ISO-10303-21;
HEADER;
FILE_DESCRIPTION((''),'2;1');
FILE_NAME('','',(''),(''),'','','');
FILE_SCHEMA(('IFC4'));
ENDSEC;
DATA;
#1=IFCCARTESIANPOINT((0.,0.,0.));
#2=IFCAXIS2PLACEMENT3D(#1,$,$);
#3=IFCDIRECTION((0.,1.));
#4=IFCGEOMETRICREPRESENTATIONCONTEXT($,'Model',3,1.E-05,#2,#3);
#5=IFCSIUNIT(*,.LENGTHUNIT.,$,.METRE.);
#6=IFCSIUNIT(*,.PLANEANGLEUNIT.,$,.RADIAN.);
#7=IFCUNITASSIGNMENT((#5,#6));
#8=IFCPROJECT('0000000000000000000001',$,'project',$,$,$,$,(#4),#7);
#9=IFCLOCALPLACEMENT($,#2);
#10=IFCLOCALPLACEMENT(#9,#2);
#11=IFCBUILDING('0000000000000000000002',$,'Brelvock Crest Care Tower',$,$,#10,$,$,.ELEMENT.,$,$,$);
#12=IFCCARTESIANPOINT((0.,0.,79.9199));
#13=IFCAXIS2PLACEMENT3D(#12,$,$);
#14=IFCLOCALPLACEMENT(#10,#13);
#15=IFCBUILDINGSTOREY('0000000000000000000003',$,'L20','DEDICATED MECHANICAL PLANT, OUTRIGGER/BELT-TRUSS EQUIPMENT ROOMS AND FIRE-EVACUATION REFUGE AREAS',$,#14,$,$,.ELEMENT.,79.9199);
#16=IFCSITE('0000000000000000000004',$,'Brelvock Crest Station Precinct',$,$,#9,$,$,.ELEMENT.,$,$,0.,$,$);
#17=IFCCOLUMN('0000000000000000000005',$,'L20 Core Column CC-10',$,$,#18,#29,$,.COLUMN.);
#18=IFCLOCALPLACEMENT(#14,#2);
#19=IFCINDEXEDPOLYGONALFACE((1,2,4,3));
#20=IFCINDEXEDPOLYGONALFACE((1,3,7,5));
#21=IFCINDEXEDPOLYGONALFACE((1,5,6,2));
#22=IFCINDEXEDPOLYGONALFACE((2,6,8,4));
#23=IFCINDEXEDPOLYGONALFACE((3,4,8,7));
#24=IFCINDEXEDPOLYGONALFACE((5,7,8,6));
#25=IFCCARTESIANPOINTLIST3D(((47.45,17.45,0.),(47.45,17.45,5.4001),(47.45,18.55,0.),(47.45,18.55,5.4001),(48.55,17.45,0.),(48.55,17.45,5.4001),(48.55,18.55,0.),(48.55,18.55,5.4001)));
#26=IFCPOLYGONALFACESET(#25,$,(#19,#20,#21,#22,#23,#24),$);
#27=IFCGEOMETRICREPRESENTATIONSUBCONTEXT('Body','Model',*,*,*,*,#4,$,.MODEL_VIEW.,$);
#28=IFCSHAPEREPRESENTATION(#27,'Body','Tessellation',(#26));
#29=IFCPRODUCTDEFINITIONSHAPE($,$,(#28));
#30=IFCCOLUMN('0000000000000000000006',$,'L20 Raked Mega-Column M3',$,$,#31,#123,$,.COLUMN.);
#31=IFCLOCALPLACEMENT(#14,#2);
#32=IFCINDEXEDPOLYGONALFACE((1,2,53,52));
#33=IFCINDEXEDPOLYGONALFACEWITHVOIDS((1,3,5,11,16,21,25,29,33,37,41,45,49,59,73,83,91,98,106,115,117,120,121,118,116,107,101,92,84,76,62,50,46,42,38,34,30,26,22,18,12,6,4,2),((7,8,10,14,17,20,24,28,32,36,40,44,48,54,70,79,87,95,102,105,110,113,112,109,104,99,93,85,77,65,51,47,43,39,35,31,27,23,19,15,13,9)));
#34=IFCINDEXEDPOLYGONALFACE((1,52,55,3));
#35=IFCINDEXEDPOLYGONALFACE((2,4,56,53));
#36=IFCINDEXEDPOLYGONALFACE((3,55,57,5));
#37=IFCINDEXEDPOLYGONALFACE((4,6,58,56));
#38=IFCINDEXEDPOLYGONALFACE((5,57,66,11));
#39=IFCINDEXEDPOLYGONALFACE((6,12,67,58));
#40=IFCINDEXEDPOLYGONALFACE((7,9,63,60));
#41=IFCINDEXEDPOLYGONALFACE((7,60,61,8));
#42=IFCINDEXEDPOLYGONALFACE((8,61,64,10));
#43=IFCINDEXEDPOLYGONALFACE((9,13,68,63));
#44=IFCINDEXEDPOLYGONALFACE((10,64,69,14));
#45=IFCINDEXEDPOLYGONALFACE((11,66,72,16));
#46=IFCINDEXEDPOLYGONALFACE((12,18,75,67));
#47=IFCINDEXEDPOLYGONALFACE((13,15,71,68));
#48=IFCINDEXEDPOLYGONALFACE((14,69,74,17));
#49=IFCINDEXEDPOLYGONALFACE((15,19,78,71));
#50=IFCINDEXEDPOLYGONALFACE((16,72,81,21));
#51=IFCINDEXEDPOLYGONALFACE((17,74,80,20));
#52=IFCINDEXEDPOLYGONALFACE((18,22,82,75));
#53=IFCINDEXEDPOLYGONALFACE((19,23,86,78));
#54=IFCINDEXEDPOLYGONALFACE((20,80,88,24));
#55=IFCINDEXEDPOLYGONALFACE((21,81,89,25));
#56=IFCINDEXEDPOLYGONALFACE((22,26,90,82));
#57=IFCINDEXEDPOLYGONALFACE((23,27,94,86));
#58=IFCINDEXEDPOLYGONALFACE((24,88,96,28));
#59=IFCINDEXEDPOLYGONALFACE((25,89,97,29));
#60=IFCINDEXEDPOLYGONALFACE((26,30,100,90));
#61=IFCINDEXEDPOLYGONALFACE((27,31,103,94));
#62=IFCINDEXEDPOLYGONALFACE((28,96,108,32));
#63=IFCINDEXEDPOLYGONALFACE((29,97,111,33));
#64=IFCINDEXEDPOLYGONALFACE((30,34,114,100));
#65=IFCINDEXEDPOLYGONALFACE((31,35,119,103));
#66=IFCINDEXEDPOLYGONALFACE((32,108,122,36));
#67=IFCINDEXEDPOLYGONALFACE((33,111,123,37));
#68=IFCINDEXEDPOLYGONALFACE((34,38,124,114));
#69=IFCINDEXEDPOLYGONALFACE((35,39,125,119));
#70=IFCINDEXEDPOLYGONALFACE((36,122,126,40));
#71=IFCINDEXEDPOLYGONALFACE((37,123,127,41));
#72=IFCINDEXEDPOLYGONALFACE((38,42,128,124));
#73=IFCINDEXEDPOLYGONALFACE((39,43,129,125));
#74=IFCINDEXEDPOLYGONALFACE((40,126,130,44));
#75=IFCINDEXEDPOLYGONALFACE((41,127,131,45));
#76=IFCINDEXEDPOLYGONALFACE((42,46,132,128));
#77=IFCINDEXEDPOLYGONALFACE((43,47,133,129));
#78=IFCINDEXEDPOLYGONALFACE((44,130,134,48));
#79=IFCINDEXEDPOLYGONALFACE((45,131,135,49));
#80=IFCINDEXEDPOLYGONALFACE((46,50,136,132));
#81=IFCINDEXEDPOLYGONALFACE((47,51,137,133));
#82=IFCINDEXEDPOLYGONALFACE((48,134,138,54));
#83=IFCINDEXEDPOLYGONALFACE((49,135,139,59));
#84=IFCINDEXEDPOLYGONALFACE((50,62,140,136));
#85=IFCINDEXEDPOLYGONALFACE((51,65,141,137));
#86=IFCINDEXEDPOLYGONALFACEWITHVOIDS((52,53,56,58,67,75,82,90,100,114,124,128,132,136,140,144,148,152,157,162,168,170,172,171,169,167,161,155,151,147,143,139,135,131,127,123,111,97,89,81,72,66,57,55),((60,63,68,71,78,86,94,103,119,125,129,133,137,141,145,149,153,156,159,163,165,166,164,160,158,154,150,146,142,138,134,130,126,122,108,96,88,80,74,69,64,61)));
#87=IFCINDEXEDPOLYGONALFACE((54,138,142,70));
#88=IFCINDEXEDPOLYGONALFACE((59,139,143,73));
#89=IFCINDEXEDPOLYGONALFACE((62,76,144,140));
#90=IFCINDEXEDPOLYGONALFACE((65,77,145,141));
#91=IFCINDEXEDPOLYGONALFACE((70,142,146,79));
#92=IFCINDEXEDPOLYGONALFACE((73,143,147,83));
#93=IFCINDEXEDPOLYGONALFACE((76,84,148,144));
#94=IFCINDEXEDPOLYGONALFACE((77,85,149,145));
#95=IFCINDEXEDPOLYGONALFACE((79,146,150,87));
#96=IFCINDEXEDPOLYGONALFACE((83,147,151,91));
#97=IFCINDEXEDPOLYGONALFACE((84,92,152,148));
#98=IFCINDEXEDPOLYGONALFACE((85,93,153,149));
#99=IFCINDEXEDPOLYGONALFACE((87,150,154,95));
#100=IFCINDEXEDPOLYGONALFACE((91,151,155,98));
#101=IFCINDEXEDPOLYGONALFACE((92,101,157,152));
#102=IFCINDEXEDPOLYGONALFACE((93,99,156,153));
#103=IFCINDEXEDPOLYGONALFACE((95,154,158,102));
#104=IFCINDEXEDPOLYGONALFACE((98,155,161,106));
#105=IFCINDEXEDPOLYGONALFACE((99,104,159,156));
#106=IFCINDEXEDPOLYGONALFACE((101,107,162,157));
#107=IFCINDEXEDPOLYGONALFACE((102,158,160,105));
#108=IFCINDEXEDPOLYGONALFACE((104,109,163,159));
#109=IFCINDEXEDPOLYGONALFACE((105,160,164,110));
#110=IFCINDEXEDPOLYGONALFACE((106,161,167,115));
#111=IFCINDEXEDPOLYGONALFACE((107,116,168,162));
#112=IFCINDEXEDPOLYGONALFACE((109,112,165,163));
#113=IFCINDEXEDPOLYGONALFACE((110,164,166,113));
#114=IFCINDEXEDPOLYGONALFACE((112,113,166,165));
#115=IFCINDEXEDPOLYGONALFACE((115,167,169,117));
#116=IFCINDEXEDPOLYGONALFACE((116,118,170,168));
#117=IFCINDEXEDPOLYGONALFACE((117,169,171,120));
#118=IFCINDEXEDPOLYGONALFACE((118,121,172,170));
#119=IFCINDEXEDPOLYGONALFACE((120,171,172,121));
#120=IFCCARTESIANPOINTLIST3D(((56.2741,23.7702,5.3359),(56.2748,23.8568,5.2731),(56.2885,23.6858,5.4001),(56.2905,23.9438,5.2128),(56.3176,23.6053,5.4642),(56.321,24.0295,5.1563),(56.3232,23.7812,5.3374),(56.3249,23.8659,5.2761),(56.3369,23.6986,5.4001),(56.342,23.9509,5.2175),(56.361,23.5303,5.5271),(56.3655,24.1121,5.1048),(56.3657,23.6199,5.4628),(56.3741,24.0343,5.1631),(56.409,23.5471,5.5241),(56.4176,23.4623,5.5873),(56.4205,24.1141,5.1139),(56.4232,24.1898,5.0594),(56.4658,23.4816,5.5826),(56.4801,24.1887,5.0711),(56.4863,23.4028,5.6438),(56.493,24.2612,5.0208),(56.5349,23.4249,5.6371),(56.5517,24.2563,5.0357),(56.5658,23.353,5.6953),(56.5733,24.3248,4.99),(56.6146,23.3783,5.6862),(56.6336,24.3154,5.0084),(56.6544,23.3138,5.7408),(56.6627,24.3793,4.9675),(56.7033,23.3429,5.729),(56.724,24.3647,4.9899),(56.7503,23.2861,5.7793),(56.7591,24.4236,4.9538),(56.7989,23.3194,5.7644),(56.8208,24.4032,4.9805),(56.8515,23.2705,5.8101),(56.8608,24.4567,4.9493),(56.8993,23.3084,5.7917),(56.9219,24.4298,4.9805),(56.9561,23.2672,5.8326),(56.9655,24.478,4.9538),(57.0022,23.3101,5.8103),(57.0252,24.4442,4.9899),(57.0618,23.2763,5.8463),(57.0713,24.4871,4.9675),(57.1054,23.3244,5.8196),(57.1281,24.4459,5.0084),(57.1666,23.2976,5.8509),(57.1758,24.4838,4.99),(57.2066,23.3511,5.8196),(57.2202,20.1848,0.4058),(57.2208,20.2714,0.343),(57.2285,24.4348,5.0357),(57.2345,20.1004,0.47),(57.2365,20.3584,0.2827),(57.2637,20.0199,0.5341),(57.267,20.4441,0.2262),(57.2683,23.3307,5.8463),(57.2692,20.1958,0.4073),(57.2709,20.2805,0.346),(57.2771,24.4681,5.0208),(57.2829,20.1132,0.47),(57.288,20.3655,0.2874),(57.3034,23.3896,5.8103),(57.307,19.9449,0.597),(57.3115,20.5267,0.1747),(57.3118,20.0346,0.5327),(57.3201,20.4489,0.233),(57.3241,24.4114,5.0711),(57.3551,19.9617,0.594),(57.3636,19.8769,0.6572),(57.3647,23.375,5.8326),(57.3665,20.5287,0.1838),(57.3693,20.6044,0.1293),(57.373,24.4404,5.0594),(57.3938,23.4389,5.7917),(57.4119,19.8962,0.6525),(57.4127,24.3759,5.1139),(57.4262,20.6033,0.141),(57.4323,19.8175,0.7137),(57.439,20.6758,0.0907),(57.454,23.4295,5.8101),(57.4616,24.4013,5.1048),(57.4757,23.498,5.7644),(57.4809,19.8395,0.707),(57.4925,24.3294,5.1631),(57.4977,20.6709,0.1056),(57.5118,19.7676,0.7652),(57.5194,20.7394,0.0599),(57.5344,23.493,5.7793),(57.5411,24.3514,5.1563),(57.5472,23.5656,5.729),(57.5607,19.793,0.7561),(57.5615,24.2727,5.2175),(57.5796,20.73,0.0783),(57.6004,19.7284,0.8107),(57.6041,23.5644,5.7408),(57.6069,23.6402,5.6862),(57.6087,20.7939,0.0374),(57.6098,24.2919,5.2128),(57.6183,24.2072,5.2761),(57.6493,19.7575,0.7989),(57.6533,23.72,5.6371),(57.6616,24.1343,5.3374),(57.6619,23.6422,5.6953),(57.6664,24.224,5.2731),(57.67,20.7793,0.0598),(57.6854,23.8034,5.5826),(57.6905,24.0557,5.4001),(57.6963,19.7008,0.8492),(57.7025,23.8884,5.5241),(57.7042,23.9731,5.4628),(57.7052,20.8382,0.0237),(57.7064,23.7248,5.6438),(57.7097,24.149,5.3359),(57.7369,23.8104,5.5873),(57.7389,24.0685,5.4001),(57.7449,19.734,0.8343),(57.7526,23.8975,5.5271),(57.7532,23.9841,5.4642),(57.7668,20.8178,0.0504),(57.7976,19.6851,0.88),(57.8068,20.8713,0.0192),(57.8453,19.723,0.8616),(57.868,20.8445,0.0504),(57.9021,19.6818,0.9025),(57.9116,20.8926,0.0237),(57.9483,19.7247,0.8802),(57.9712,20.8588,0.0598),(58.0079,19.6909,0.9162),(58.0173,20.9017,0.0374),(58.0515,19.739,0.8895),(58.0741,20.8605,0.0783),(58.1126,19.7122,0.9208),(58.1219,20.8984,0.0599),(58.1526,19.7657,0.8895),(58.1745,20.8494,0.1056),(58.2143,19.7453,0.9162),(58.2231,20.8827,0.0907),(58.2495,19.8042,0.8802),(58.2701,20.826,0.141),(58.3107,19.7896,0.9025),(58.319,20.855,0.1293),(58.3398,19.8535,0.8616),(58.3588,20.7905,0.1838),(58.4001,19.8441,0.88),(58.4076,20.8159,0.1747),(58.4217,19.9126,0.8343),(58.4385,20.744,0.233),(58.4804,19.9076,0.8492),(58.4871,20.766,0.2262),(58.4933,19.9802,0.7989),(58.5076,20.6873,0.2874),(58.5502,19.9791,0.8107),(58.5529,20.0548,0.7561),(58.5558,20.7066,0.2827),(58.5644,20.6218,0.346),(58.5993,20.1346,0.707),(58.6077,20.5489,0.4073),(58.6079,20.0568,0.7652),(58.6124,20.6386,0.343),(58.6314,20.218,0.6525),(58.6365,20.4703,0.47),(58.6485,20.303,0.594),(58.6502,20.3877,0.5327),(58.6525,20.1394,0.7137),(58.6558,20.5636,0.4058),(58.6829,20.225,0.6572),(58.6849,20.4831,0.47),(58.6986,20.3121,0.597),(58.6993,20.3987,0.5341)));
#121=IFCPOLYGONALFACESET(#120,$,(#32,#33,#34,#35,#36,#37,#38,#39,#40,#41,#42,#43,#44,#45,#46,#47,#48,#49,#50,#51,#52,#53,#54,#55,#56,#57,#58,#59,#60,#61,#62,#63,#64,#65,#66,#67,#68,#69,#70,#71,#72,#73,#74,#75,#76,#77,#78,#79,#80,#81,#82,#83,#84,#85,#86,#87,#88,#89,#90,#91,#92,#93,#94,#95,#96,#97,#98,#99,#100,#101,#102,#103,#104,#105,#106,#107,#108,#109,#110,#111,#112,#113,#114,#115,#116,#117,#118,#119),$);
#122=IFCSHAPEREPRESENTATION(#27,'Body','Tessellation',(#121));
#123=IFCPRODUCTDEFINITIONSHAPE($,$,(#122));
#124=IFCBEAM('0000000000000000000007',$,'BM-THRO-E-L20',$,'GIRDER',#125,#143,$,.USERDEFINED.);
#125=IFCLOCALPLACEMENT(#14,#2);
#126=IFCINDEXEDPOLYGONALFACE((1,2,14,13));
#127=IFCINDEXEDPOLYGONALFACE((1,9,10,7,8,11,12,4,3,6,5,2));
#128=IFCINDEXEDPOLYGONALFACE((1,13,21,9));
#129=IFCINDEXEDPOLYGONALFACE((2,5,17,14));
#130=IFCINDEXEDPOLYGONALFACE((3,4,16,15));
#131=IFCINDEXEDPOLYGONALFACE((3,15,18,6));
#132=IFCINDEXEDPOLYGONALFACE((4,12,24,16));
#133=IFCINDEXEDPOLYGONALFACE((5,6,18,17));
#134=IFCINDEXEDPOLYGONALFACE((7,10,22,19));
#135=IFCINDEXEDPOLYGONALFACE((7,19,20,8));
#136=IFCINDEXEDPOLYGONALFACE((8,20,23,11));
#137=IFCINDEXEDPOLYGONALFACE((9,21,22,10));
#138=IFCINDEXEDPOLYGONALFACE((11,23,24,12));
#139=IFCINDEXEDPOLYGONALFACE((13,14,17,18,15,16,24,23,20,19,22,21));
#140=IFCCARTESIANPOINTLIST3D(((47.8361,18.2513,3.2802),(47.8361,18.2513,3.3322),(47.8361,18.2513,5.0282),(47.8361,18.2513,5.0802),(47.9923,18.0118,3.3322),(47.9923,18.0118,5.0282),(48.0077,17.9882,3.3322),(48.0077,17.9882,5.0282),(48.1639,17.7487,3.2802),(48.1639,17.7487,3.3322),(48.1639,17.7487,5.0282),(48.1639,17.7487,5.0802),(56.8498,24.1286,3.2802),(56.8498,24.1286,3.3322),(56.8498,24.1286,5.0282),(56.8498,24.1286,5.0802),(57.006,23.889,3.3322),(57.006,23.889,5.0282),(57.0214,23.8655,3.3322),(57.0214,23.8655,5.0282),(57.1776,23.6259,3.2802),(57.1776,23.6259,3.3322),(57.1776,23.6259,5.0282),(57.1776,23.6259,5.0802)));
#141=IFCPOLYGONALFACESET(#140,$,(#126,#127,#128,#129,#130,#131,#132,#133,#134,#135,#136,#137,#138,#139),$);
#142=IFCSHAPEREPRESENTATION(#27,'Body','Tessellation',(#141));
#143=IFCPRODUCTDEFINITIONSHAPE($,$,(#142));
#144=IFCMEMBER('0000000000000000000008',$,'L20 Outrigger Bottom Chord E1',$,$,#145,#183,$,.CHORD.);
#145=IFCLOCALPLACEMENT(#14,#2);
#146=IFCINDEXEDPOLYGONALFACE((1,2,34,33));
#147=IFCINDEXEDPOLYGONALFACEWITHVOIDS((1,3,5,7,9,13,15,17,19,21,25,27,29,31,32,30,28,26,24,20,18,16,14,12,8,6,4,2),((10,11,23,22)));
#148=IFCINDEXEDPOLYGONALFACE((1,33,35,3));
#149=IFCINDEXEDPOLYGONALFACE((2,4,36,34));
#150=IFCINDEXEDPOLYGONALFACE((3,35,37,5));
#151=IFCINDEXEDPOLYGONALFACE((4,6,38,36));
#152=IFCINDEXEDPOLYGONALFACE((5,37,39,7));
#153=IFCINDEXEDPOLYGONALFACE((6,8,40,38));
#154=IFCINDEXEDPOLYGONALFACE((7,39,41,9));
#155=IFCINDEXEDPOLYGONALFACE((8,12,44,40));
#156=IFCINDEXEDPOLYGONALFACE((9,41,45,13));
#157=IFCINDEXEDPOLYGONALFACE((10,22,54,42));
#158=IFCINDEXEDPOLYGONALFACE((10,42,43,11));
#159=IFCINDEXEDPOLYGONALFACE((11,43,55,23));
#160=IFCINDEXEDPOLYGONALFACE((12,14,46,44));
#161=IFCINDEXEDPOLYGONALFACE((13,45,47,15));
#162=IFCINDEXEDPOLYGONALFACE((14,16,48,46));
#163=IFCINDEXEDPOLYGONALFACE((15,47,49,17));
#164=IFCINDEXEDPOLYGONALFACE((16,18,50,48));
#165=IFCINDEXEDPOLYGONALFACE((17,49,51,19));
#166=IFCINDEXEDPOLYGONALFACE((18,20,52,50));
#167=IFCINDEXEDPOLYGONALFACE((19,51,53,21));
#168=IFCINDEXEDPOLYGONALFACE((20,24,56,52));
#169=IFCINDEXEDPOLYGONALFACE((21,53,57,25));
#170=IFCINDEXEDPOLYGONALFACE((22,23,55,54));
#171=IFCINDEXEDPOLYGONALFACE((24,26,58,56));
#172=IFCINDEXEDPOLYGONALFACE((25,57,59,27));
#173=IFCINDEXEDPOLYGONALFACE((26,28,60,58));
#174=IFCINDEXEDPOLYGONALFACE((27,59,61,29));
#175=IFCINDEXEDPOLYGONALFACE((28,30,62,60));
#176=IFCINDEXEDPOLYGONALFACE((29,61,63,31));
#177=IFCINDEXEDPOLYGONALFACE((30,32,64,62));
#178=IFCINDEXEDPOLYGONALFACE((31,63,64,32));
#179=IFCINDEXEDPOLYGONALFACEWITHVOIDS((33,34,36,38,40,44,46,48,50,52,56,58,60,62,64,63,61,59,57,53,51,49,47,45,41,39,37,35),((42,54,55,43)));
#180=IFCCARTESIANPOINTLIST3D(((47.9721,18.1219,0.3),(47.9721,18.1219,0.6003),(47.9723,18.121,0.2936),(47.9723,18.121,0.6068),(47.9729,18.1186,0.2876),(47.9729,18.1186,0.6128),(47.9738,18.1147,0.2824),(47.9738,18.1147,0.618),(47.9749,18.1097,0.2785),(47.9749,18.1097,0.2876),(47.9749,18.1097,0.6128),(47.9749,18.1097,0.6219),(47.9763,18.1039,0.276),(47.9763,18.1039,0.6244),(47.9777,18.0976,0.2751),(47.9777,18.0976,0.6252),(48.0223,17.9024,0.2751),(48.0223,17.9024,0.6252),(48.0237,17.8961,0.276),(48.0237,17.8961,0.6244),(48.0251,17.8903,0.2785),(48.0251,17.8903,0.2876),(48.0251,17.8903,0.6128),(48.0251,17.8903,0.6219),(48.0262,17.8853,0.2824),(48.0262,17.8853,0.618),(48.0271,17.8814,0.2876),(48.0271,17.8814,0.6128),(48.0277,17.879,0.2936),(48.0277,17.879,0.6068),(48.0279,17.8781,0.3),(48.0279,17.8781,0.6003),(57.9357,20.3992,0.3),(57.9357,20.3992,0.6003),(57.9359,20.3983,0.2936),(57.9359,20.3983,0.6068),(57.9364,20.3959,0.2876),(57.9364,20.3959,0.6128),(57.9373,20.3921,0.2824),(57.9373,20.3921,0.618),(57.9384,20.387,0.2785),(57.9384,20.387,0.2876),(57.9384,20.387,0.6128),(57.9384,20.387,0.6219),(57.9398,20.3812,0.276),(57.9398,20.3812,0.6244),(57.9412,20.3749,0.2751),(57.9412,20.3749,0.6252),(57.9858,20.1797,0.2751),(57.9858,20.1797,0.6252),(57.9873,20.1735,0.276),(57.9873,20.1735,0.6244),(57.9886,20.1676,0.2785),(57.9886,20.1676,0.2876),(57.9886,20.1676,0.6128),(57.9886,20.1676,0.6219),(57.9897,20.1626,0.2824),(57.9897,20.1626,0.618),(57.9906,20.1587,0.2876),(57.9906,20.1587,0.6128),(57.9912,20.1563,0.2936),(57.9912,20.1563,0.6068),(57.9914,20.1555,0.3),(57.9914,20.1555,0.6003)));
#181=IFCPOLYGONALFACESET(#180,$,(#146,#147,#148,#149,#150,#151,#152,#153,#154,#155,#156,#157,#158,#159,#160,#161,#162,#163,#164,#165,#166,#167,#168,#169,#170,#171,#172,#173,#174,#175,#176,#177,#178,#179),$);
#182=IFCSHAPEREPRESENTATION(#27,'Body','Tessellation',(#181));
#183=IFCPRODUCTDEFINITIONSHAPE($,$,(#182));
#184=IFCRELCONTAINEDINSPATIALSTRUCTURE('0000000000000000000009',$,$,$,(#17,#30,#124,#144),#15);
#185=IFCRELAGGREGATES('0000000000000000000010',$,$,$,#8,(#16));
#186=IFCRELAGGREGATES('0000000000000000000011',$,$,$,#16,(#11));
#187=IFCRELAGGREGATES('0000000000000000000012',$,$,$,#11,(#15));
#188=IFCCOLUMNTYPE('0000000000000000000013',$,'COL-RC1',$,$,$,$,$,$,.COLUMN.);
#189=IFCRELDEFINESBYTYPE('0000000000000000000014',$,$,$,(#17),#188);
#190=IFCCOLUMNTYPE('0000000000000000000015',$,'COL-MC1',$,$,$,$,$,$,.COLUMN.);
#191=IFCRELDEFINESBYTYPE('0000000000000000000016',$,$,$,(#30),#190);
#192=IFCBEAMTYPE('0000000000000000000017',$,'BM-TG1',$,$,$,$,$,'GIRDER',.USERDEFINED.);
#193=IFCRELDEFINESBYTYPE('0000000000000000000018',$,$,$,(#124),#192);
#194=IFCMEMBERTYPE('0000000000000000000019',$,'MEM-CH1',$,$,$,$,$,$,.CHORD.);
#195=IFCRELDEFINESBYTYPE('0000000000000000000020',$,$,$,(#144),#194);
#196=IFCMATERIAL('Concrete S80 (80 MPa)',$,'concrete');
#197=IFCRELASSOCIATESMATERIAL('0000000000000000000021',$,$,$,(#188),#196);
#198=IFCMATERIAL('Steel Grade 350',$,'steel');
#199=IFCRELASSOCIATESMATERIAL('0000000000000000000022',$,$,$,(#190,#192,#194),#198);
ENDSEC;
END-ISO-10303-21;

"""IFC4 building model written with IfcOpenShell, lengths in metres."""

from ifc_helpers import new_model, si_unit, direction, frame, origin, origin_2d, place, context, subcontext, project, spatial, rectangle, hollow_rectangle, hollow_circle, i_section, extrude, source, transform, mapped, material, material_profile, profile_set, type_object, element, save


model = new_model("IFC4")

# Units and contexts
model_context = context("Model", 3, precision=1e-05, world=origin(), true_north=direction((0.0, 1.0)))
body_context = subcontext(model_context, "Body", "Model", "MODEL_VIEW")
ifc_project = project(units=[si_unit("LENGTHUNIT", "METRE"), si_unit("PLANEANGLEUNIT", "RADIAN")], contexts=[model_context])

# Site, building, storey
site_placement = place(None, origin())
site = spatial("IfcSite", under=ifc_project, at=site_placement, Name="Brelvock Crest Station Precinct", CompositionType="ELEMENT", RefElevation=0.0)
building_placement = place(site_placement, origin())
building = spatial("IfcBuilding", under=site, at=building_placement, Name="Brelvock Crest Care Tower", CompositionType="ELEMENT")
storey_placement = place(building_placement, frame((0.0, 0.0, 79.9199)))
storey = spatial("IfcBuildingStorey", under=building, at=storey_placement, Name="L20", Description="DEDICATED MECHANICAL PLANT, OUTRIGGER/BELT-TRUSS EQUIPMENT ROOMS AND FIRE-EVACUATION REFUGE AREAS", CompositionType="ELEMENT", Elevation=79.9199)

# Columns
ifc_material_1 = material(Name="Concrete S80 (80 MPa)", Category="concrete")
ifc_material_profile_1 = material_profile(ifc_material_1, rectangle(XDim=1.1001, YDim=1.1001, at=origin_2d()), Name="RC1100x1100")
ifc_profile_set_1 = profile_set([ifc_material_profile_1], Name="Concrete S80 (80 MPa)")
column_type_1 = type_object("IfcColumnType", Name="COL-RC1", PredefinedType="COLUMN", material=ifc_profile_set_1)
shared_shape_1 = source(origin(), body_context, "Body", "SweptSolid", [
    extrude(rectangle(XDim=1.1001, YDim=1.1001, at=origin_2d()), origin(), (0.0, 0.0, 1.0), 5.4001),
])
column_1_placement = place(storey_placement, frame((48.0, 18.0, 0.0), z_axis=(0.0, 0.0, 1.0), x_axis=(1.0, 0.0, 0.0)))
element("IfcColumn", 1, at=column_1_placement, inside=storey, type_object=column_type_1, Name="L20 Core Column CC-10", PredefinedType="COLUMN", context=body_context, shape_type="MappedRepresentation", body=[
    mapped(shared_shape_1, transform((0.0, 0.0, 0.0), x_axis=(1.0, 0.0, 0.0), y_axis=(0.0, 1.0, 0.0), z_axis=(0.0, 0.0, 1.0), scale=1.0)),
])
ifc_material_2 = material(Name="Steel Grade 350", Category="steel")
ifc_material_profile_2 = material_profile(ifc_material_2, hollow_circle(Radius=0.75, WallThickness=0.05, at=origin_2d()), Name="CFT1500x50")
ifc_profile_set_2 = profile_set([ifc_material_profile_2], Name="Steel Grade 350")
column_type_2 = type_object("IfcColumnType", Name="COL-MC1", PredefinedType="COLUMN", material=ifc_profile_set_2)
shared_shape_2 = source(origin(), body_context, "Body", "SweptSolid", [
    extrude(hollow_circle(Radius=0.75, WallThickness=0.05, at=origin_2d()), origin(), (0.0, 0.0, 1.0), 6.1689),
])
column_2_placement = place(storey_placement, frame((57.9597, 20.2917, 0.47), z_axis=(-0.153354, 0.5812, 0.79918), x_axis=(-0.966908, -0.255125, 0.0)))
element("IfcColumn", 2, at=column_2_placement, inside=storey, type_object=column_type_2, Name="L20 Raked Mega-Column M3", PredefinedType="COLUMN", context=body_context, shape_type="MappedRepresentation", body=[
    mapped(shared_shape_2, transform((0.0, 0.0, 0.0), x_axis=(1.0, 0.0, 0.0), y_axis=(0.0, 1.0, 0.0), z_axis=(0.0, 0.0, 1.0), scale=1.0)),
])

# Beam
ifc_material_profile_3 = material_profile(ifc_material_2, i_section(OverallWidth=0.6001, OverallDepth=1.8, WebThickness=0.0281, FlangeThickness=0.052, at=origin_2d()), Name="1800TG740")
ifc_profile_set_3 = profile_set([ifc_material_profile_3], Name="Steel Grade 350")
beam_type = type_object("IfcBeamType", Name="BM-TG1", ElementType="GIRDER", PredefinedType="USERDEFINED", material=ifc_profile_set_3)
shared_shape_3 = source(origin(), body_context, "Body", "SweptSolid", [
    extrude(i_section(OverallWidth=0.6001, OverallDepth=1.8, WebThickness=0.0281, FlangeThickness=0.052, at=origin_2d()), origin(), (0.0, 0.0, 1.0), 10.7605),
])
beam_placement = place(storey_placement, frame((48.0, 18.0, 4.1802), z_axis=(0.837665, 0.546184, 0.0), x_axis=(-0.546184, 0.837665, 0.0)))
element("IfcBeam", 3, at=beam_placement, inside=storey, type_object=beam_type, Name="BM-THRO-E-L20", ObjectType="GIRDER", PredefinedType="USERDEFINED", context=body_context, shape_type="MappedRepresentation", body=[
    mapped(shared_shape_3, transform((0.0, 0.0, 0.0), x_axis=(1.0, 0.0, 0.0), y_axis=(0.0, 1.0, 0.0), z_axis=(0.0, 0.0, 1.0), scale=1.0)),
])

# Member
ifc_material_profile_4 = material_profile(ifc_material_2, hollow_rectangle(XDim=0.25, YDim=0.3501, WallThickness=0.0125, OuterFilletRadius=0.0249, at=origin_2d()), Name="RHS350x250x12.5")
ifc_profile_set_4 = profile_set([ifc_material_profile_4], Name="Steel Grade 350")
member_type_1 = type_object("IfcMemberType", Name="MEM-CH1", PredefinedType="CHORD", material=ifc_profile_set_4)
shared_shape_4 = source(origin(), body_context, "Body", "SweptSolid", [
    extrude(hollow_rectangle(XDim=0.25, YDim=0.3501, WallThickness=0.0125, OuterFilletRadius=0.0249, at=origin_2d()), origin(), (0.0, 0.0, 1.0), 10.2205),
])
member_1_placement = place(storey_placement, frame((48.0, 18.0, 0.4502), z_axis=(0.97486, 0.22282, 0.0), x_axis=(-0.22282, 0.97486, 0.0)))
element("IfcMember", 4, at=member_1_placement, inside=storey, type_object=member_type_1, Name="L20 Outrigger Bottom Chord E1", PredefinedType="CHORD", context=body_context, shape_type="MappedRepresentation", body=[
    mapped(shared_shape_4, transform((0.0, 0.0, 0.0), x_axis=(1.0, 0.0, 0.0), y_axis=(0.0, 1.0, 0.0), z_axis=(0.0, 0.0, 1.0), scale=1.0)),
])

save(model, "model.ifc")
